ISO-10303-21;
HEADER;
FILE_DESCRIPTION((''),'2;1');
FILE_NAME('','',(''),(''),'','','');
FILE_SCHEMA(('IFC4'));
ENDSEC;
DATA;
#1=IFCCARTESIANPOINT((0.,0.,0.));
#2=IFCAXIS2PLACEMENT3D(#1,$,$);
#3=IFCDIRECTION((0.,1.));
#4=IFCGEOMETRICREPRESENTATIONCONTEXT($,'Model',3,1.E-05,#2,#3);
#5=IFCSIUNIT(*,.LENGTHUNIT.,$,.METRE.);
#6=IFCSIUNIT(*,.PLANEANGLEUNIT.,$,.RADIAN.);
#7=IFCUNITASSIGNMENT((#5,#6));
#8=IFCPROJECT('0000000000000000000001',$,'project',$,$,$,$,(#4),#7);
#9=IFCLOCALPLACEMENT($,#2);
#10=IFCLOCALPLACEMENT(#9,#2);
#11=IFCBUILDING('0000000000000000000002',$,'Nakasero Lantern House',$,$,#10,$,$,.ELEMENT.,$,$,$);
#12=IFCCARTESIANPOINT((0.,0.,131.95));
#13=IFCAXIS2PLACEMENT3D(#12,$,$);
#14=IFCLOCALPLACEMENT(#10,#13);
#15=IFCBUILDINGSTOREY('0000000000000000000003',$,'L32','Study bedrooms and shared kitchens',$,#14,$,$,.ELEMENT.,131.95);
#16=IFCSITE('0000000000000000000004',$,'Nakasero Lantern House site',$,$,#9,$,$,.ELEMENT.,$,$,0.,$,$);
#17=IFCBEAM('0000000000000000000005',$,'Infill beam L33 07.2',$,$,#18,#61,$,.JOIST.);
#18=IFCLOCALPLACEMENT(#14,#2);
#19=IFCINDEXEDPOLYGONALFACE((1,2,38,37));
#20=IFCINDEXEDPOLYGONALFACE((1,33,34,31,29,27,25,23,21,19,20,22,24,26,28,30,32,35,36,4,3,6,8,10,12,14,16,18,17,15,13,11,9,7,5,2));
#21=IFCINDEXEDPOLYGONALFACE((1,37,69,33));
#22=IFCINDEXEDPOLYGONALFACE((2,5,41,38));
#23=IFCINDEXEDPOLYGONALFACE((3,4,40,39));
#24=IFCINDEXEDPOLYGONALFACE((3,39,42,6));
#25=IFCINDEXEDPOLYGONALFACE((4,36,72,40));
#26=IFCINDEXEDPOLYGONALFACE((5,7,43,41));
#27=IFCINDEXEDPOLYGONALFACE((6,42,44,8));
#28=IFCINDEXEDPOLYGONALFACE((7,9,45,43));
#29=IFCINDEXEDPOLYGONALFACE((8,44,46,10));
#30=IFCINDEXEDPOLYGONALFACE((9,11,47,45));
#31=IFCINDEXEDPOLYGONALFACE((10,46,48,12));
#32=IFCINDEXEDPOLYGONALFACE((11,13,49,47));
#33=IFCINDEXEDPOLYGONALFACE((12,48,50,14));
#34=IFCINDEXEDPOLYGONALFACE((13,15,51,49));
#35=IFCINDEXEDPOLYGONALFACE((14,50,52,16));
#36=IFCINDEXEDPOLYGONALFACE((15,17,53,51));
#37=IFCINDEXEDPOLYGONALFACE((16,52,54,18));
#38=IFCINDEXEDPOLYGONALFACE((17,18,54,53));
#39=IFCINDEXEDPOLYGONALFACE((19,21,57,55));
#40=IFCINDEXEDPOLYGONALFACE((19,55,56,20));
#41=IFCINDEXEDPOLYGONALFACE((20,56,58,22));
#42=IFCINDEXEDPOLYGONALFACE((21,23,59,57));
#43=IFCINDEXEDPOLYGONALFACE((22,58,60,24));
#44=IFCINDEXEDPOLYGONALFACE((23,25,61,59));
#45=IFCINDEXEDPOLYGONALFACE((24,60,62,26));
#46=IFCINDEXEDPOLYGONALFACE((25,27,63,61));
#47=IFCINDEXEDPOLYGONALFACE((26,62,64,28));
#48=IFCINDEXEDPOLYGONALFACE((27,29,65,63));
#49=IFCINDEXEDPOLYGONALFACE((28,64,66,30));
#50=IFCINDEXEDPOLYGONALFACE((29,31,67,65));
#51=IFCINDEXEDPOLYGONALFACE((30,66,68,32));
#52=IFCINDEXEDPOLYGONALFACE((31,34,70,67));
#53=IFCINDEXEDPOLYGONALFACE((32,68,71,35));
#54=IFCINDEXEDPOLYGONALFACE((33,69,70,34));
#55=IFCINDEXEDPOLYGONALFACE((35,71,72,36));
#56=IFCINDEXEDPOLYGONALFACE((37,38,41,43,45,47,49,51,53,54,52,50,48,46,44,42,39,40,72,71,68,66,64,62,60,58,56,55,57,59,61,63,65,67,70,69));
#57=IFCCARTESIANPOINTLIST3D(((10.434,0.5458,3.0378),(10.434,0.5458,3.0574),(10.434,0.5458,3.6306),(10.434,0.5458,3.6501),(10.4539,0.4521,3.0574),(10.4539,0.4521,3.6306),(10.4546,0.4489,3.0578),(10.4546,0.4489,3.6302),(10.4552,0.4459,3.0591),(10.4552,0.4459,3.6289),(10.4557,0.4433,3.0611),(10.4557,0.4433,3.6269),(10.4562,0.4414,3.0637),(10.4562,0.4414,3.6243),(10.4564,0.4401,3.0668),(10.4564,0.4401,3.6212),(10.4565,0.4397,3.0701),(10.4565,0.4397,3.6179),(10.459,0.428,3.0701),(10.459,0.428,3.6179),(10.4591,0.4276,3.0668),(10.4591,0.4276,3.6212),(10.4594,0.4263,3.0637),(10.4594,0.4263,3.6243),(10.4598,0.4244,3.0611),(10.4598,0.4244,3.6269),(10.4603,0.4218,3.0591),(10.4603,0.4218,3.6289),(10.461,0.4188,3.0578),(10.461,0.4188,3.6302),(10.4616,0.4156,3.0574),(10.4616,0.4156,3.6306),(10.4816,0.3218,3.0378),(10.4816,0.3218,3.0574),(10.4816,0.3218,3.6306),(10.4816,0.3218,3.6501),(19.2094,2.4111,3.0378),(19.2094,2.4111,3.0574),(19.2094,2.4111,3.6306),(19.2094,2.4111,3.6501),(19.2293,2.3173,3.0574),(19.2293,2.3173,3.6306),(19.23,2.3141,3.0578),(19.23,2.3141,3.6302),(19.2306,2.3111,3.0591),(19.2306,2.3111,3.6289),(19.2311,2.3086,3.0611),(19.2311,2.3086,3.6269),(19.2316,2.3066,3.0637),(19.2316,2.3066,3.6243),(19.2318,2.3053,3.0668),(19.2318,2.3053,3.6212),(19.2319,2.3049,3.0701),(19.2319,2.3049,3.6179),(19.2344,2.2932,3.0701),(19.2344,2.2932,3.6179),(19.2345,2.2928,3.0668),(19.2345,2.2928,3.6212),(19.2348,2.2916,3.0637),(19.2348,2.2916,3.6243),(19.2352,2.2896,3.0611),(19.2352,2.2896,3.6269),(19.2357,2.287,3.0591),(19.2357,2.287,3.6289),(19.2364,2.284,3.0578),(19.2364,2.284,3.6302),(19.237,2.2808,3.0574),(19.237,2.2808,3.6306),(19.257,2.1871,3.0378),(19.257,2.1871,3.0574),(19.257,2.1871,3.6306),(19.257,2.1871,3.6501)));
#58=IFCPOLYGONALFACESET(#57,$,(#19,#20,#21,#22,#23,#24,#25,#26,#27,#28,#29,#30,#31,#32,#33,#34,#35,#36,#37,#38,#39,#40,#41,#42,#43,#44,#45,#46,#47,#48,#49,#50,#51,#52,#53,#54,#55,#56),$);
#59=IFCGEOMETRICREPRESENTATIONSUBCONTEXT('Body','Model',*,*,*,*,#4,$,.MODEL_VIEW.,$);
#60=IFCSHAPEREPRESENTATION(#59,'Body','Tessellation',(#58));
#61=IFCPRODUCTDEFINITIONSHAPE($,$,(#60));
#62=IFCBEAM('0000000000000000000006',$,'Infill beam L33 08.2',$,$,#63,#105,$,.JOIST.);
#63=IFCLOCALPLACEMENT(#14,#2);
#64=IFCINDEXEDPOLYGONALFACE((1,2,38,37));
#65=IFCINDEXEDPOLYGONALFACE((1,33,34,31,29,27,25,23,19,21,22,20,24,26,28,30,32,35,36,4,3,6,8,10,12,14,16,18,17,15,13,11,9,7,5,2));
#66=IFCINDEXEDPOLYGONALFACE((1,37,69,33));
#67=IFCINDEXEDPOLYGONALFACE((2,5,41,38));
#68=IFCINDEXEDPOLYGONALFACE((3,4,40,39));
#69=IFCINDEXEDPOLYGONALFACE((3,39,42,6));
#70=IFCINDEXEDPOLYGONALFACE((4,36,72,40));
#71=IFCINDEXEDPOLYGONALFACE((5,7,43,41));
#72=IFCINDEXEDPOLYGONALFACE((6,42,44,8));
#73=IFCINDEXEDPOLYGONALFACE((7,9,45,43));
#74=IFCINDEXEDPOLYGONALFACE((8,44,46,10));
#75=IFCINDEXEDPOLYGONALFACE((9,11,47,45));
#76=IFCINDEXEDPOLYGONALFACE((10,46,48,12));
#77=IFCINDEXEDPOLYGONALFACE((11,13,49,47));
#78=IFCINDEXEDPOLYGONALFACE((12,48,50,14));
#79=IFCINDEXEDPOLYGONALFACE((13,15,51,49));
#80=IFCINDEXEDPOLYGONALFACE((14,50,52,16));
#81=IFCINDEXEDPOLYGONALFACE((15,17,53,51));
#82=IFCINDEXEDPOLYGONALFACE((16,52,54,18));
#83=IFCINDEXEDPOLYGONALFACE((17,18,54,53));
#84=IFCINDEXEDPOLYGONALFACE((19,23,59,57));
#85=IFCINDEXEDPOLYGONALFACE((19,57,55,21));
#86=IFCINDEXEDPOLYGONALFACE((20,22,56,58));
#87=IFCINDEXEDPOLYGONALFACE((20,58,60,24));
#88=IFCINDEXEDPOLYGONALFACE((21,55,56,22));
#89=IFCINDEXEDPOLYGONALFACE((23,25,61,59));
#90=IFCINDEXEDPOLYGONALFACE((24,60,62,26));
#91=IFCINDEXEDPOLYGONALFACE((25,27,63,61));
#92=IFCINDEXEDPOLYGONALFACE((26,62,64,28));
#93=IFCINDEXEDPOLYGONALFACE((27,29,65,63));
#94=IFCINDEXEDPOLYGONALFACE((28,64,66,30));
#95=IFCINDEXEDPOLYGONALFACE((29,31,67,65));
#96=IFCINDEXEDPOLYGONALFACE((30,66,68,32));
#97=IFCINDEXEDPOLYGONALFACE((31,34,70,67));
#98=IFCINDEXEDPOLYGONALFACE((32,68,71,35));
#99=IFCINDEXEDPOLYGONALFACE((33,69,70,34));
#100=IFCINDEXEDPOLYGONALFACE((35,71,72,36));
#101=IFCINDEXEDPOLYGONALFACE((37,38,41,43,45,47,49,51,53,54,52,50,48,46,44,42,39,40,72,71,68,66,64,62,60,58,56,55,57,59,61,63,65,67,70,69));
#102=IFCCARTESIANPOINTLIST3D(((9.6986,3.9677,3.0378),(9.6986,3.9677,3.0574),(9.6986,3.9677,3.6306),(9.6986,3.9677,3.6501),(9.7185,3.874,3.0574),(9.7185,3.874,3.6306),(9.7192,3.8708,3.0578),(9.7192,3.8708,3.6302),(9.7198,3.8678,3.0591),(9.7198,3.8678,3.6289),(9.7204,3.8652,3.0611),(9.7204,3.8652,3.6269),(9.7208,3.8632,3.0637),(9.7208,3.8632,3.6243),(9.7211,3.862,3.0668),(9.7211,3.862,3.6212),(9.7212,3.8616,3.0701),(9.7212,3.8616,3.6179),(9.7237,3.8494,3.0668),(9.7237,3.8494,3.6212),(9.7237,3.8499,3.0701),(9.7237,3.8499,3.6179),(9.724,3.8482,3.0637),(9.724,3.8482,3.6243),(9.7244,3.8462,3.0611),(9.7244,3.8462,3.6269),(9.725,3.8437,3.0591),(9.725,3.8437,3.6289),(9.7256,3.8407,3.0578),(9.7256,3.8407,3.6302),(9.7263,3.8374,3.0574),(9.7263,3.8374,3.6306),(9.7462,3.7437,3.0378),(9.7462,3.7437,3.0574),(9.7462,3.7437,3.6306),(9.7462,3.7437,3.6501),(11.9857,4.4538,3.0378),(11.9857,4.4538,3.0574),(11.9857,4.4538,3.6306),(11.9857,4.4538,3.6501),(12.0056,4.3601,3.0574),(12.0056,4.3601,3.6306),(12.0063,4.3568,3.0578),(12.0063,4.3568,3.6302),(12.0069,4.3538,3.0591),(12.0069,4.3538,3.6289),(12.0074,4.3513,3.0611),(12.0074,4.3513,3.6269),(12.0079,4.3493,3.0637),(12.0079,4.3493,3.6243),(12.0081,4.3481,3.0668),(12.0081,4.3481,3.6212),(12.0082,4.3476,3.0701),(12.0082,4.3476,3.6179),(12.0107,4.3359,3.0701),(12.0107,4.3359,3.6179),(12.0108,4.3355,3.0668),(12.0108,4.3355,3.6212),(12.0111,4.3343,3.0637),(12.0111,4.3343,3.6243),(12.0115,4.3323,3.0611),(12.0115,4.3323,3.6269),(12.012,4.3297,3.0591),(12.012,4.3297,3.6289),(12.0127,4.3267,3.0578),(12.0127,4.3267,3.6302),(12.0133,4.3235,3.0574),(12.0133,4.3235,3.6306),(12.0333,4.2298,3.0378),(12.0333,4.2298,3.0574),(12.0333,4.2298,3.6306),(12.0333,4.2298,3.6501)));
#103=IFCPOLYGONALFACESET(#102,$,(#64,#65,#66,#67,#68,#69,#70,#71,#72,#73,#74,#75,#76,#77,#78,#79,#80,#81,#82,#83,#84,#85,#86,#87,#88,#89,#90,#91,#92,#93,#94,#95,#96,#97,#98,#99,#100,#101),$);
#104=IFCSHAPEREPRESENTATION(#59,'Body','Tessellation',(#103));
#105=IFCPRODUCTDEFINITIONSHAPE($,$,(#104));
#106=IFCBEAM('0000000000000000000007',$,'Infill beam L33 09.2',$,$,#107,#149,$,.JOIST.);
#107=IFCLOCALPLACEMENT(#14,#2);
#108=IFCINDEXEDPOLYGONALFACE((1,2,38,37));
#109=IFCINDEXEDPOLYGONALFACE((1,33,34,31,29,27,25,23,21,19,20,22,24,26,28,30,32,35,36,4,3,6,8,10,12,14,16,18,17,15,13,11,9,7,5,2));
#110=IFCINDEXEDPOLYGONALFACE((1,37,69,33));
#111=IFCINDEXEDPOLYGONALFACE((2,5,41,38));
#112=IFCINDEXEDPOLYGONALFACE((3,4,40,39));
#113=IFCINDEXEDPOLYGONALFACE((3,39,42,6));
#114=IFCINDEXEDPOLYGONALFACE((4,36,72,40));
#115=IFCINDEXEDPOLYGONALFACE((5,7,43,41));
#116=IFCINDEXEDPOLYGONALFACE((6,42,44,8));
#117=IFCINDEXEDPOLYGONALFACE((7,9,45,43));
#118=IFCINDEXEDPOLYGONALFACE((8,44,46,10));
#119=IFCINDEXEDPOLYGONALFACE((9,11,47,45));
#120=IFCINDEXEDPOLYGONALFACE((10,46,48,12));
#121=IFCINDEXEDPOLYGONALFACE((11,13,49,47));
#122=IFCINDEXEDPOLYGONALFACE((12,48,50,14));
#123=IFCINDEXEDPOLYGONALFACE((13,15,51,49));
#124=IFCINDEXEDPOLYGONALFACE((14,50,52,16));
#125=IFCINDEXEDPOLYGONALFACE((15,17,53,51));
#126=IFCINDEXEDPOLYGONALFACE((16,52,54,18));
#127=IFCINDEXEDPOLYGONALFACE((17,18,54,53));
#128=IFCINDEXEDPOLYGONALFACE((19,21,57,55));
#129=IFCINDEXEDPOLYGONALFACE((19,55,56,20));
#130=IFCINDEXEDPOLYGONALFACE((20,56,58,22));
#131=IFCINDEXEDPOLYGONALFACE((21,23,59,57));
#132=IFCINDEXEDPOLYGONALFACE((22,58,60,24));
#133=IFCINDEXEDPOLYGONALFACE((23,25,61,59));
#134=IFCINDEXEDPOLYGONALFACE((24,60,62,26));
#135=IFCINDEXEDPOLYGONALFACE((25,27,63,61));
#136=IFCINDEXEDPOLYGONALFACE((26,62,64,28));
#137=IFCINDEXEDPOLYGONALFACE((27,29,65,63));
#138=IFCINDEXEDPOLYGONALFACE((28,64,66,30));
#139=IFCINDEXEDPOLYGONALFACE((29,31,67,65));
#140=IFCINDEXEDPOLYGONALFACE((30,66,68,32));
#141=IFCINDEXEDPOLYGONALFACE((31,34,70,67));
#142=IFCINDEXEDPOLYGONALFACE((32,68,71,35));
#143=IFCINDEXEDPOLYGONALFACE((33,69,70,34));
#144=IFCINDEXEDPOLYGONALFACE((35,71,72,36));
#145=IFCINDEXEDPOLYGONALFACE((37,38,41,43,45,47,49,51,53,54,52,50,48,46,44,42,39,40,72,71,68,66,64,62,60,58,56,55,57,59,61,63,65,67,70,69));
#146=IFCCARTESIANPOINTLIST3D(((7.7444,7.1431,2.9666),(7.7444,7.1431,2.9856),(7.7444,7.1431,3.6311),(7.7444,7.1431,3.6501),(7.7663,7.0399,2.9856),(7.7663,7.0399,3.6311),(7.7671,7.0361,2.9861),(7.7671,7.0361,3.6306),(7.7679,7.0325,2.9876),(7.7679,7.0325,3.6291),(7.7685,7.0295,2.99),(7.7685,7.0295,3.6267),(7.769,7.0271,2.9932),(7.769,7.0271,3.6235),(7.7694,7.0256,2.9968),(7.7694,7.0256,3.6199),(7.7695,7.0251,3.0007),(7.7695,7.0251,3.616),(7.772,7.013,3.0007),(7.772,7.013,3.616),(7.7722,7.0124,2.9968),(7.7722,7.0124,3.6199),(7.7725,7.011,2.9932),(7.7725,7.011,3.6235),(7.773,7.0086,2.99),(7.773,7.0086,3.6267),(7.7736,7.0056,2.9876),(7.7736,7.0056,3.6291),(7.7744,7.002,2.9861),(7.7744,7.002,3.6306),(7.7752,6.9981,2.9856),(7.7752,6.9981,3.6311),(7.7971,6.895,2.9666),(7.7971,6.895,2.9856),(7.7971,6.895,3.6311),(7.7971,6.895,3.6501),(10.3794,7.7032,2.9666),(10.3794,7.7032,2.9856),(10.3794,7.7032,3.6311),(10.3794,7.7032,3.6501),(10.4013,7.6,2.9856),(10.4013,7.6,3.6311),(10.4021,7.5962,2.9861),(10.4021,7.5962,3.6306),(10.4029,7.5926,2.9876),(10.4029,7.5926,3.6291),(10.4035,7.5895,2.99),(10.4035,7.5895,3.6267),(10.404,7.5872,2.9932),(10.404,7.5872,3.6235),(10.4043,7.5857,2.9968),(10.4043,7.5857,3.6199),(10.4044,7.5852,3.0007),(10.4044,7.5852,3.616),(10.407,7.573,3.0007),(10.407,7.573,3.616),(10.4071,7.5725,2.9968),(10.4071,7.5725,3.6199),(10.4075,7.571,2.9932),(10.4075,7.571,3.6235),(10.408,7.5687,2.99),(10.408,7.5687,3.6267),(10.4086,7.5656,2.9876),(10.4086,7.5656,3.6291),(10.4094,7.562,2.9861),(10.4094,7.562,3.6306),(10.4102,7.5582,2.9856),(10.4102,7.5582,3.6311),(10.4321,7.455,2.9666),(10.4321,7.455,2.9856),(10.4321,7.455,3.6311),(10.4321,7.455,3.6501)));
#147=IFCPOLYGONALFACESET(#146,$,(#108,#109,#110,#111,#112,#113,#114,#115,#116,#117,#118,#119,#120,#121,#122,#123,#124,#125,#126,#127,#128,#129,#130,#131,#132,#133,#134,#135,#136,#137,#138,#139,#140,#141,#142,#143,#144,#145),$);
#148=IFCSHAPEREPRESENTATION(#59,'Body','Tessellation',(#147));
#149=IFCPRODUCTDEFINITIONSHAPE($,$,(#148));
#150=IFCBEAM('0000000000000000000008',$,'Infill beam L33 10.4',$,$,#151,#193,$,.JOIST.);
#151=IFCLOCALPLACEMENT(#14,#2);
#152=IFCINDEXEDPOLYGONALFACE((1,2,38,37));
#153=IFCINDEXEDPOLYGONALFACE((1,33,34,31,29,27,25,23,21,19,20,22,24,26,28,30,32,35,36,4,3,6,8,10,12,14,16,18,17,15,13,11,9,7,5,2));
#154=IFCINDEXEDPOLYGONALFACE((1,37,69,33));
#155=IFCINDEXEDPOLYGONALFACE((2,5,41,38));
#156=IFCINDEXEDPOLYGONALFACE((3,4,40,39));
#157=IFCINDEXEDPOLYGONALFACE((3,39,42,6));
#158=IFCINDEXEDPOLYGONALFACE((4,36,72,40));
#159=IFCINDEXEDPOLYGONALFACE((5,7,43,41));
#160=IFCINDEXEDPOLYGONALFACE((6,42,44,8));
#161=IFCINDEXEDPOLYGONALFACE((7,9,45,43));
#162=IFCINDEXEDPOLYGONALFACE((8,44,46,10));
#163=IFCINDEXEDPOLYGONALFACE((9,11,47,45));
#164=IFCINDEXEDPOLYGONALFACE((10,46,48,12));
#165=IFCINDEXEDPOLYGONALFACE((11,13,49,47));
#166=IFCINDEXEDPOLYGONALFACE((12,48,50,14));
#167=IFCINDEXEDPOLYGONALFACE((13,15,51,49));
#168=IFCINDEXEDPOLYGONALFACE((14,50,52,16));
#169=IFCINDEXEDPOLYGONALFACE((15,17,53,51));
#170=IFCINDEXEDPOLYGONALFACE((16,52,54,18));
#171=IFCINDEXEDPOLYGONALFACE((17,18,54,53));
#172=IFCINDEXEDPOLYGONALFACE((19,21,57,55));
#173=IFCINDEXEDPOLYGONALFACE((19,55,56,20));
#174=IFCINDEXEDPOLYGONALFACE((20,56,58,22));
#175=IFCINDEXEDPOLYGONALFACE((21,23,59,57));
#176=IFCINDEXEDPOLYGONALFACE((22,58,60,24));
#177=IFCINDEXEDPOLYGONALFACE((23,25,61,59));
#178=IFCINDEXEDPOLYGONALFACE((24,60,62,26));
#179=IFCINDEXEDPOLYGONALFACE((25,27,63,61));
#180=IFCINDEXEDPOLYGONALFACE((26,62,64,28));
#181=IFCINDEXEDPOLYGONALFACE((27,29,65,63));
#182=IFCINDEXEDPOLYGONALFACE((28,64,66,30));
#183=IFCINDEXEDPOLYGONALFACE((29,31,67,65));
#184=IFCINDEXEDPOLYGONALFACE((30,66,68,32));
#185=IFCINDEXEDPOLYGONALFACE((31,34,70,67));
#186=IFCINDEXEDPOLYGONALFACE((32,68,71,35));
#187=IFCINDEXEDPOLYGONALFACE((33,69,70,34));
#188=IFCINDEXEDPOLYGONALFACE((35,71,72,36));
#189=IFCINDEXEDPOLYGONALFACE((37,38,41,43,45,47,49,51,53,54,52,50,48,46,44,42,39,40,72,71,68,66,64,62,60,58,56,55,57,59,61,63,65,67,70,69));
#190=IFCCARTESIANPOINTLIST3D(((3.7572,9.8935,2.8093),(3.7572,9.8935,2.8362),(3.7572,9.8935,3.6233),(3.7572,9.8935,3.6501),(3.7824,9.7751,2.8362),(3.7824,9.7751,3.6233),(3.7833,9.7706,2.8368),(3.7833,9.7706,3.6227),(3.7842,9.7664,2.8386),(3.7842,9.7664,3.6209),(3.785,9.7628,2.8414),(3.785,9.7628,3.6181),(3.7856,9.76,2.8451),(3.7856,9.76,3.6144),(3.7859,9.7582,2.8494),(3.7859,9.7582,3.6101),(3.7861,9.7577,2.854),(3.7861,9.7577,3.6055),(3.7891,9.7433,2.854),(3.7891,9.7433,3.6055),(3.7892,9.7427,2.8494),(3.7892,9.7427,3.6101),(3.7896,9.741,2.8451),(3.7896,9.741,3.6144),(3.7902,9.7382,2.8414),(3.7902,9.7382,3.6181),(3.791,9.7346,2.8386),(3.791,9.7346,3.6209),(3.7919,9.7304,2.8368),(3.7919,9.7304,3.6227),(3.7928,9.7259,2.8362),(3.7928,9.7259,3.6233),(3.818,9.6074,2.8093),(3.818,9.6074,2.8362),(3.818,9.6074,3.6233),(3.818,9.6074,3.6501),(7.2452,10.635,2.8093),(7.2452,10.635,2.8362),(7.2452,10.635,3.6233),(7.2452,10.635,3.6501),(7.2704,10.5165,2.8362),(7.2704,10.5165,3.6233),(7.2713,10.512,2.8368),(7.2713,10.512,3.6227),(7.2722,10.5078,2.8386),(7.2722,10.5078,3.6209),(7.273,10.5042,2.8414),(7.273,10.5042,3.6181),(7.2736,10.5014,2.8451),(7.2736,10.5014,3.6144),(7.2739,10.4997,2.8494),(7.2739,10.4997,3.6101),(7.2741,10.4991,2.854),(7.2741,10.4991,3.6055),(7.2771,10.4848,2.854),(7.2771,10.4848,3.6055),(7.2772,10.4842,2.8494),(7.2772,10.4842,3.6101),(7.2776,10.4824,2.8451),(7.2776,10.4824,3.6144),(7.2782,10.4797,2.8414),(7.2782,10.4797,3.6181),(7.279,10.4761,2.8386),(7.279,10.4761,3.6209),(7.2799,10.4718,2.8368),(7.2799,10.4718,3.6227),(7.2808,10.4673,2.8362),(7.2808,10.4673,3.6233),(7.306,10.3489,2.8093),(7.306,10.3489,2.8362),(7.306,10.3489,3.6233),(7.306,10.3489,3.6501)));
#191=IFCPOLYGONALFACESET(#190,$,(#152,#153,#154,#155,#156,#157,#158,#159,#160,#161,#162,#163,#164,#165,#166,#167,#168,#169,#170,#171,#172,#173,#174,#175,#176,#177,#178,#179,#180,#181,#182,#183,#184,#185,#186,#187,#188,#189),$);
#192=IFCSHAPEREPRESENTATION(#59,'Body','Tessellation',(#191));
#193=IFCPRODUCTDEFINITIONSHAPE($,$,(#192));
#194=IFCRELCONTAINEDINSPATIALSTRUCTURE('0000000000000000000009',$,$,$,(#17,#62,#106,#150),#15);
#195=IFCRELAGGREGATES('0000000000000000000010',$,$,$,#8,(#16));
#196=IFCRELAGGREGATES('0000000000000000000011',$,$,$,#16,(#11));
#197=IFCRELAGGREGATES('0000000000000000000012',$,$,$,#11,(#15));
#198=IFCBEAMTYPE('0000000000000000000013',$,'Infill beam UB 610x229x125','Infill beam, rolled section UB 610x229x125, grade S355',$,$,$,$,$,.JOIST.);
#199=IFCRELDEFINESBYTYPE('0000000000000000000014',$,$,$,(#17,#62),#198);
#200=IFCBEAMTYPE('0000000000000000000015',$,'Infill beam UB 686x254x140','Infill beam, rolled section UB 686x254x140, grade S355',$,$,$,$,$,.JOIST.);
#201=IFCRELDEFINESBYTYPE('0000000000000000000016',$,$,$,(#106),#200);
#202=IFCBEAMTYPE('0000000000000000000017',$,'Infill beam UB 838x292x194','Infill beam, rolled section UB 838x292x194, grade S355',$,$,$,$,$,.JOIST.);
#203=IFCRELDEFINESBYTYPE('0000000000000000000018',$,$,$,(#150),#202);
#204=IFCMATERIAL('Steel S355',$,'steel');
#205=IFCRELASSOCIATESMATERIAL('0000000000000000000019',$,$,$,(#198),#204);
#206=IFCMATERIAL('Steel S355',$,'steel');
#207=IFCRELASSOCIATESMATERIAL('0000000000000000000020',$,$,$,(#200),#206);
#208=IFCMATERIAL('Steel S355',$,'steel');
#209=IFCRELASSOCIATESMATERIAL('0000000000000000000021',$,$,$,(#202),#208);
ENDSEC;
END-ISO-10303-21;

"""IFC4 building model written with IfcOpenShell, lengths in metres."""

from ifc_helpers import new_model, si_unit, direction, frame, origin, origin_2d, place, context, subcontext, project, spatial, i_section, extrude, material, material_profile, profile_set, type_object, element, save


model = new_model("IFC4")

# Units and contexts
model_context = context("Model", 3, precision=1e-05, world=origin(), true_north=direction((0.0, 1.0)))
body_context = subcontext(model_context, "Body", "Model", "MODEL_VIEW")
ifc_project = project(units=[si_unit("LENGTHUNIT", "METRE"), si_unit("PLANEANGLEUNIT", "RADIAN")], contexts=[model_context])

# Site, building, storey
site_placement = place(None, origin())
site = spatial("IfcSite", under=ifc_project, at=site_placement, Name="Nakasero Lantern House site", CompositionType="ELEMENT", RefElevation=0.0)
building_placement = place(site_placement, origin())
building = spatial("IfcBuilding", under=site, at=building_placement, Name="Nakasero Lantern House", CompositionType="ELEMENT")
storey_placement = place(building_placement, frame((0.0, 0.0, 131.95)))
storey = spatial("IfcBuildingStorey", under=building, at=storey_placement, Name="L32", Description="Study bedrooms and shared kitchens", CompositionType="ELEMENT", Elevation=131.95)

# Beams
ifc_material_1 = material(Name="Steel S355", Category="steel")
ifc_material_profile_1 = material_profile(ifc_material_1, i_section(OverallWidth=0.229, OverallDepth=0.6123, WebThickness=0.012, FlangeThickness=0.0195, FilletRadius=0.0127, at=origin_2d()), Name="UB 610x229x125")
ifc_profile_set_1 = profile_set([ifc_material_profile_1], Name="Steel S355")
beam_type_1 = type_object("IfcBeamType", Name="Infill beam UB 610x229x125", Description="Infill beam, rolled section UB 610x229x125, grade S355", PredefinedType="JOIST", material=ifc_profile_set_1)
beam_1_placement = place(storey_placement, frame((10.4578, 0.4338, 3.344), z_axis=(0.978148, 0.207908, 0.0), x_axis=(-0.207908, 0.978148, 0.0)))
element("IfcBeam", 1, at=beam_1_placement, inside=storey, type_object=beam_type_1, Name="Infill beam L33 07.2", PredefinedType="JOIST", context=body_context, shape_type="SweptSolid", body=[
    extrude(i_section(OverallWidth=0.229, OverallDepth=0.6123, WebThickness=0.012, FlangeThickness=0.0195, FilletRadius=0.0127, at=origin_2d()), origin(), (0.0, 0.0, 1.0), 8.9714),
])
beam_2_placement = place(storey_placement, frame((9.7224, 3.8557, 3.344), z_axis=(0.978152, 0.207889, 0.0), x_axis=(-0.207889, 0.978152, 0.0)))
element("IfcBeam", 2, at=beam_2_placement, inside=storey, type_object=beam_type_1, Name="Infill beam L33 08.2", PredefinedType="JOIST", context=body_context, shape_type="SweptSolid", body=[
    extrude(i_section(OverallWidth=0.229, OverallDepth=0.6123, WebThickness=0.012, FlangeThickness=0.0195, FilletRadius=0.0127, at=origin_2d()), origin(), (0.0, 0.0, 1.0), 2.3381),
])
ifc_material_2 = material(Name="Steel S355", Category="steel")
ifc_material_profile_2 = material_profile(ifc_material_2, i_section(OverallWidth=0.2537, OverallDepth=0.6836, WebThickness=0.0125, FlangeThickness=0.019, FilletRadius=0.0151, at=origin_2d()), Name="UB 686x254x140")
ifc_profile_set_2 = profile_set([ifc_material_profile_2], Name="Steel S355")
beam_type_2 = type_object("IfcBeamType", Name="Infill beam UB 686x254x140", Description="Infill beam, rolled section UB 686x254x140, grade S355", PredefinedType="JOIST", material=ifc_profile_set_2)
beam_3_placement = place(storey_placement, frame((7.7708, 7.019, 3.3083), z_axis=(0.97815, 0.207901, 0.0), x_axis=(-0.207901, 0.97815, 0.0)))
element("IfcBeam", 3, at=beam_3_placement, inside=storey, type_object=beam_type_2, Name="Infill beam L33 09.2", PredefinedType="JOIST", context=body_context, shape_type="SweptSolid", body=[
    extrude(i_section(OverallWidth=0.2537, OverallDepth=0.6836, WebThickness=0.0125, FlangeThickness=0.019, FilletRadius=0.0151, at=origin_2d()), origin(), (0.0, 0.0, 1.0), 2.6938),
])
ifc_material_3 = material(Name="Steel S355", Category="steel")
ifc_material_profile_3 = material_profile(ifc_material_3, i_section(OverallWidth=0.2925, OverallDepth=0.8408, WebThickness=0.0146, FlangeThickness=0.0269, FilletRadius=0.0178, at=origin_2d()), Name="UB 838x292x194")
ifc_profile_set_3 = profile_set([ifc_material_profile_3], Name="Steel S355")
beam_type_3 = type_object("IfcBeamType", Name="Infill beam UB 838x292x194", Description="Infill beam, rolled section UB 838x292x194, grade S355", PredefinedType="JOIST", material=ifc_profile_set_3)
beam_4_placement = place(storey_placement, frame((3.7876, 9.7505, 3.2297), z_axis=(0.978145, 0.207925, 0.0), x_axis=(-0.207925, 0.978145, 0.0)))
element("IfcBeam", 4, at=beam_4_placement, inside=storey, type_object=beam_type_3, Name="Infill beam L33 10.4", PredefinedType="JOIST", context=body_context, shape_type="SweptSolid", body=[
    extrude(i_section(OverallWidth=0.2925, OverallDepth=0.8408, WebThickness=0.0146, FlangeThickness=0.0269, FilletRadius=0.0178, at=origin_2d()), origin(), (0.0, 0.0, 1.0), 3.5659),
])

save(model, "model.ifc")
